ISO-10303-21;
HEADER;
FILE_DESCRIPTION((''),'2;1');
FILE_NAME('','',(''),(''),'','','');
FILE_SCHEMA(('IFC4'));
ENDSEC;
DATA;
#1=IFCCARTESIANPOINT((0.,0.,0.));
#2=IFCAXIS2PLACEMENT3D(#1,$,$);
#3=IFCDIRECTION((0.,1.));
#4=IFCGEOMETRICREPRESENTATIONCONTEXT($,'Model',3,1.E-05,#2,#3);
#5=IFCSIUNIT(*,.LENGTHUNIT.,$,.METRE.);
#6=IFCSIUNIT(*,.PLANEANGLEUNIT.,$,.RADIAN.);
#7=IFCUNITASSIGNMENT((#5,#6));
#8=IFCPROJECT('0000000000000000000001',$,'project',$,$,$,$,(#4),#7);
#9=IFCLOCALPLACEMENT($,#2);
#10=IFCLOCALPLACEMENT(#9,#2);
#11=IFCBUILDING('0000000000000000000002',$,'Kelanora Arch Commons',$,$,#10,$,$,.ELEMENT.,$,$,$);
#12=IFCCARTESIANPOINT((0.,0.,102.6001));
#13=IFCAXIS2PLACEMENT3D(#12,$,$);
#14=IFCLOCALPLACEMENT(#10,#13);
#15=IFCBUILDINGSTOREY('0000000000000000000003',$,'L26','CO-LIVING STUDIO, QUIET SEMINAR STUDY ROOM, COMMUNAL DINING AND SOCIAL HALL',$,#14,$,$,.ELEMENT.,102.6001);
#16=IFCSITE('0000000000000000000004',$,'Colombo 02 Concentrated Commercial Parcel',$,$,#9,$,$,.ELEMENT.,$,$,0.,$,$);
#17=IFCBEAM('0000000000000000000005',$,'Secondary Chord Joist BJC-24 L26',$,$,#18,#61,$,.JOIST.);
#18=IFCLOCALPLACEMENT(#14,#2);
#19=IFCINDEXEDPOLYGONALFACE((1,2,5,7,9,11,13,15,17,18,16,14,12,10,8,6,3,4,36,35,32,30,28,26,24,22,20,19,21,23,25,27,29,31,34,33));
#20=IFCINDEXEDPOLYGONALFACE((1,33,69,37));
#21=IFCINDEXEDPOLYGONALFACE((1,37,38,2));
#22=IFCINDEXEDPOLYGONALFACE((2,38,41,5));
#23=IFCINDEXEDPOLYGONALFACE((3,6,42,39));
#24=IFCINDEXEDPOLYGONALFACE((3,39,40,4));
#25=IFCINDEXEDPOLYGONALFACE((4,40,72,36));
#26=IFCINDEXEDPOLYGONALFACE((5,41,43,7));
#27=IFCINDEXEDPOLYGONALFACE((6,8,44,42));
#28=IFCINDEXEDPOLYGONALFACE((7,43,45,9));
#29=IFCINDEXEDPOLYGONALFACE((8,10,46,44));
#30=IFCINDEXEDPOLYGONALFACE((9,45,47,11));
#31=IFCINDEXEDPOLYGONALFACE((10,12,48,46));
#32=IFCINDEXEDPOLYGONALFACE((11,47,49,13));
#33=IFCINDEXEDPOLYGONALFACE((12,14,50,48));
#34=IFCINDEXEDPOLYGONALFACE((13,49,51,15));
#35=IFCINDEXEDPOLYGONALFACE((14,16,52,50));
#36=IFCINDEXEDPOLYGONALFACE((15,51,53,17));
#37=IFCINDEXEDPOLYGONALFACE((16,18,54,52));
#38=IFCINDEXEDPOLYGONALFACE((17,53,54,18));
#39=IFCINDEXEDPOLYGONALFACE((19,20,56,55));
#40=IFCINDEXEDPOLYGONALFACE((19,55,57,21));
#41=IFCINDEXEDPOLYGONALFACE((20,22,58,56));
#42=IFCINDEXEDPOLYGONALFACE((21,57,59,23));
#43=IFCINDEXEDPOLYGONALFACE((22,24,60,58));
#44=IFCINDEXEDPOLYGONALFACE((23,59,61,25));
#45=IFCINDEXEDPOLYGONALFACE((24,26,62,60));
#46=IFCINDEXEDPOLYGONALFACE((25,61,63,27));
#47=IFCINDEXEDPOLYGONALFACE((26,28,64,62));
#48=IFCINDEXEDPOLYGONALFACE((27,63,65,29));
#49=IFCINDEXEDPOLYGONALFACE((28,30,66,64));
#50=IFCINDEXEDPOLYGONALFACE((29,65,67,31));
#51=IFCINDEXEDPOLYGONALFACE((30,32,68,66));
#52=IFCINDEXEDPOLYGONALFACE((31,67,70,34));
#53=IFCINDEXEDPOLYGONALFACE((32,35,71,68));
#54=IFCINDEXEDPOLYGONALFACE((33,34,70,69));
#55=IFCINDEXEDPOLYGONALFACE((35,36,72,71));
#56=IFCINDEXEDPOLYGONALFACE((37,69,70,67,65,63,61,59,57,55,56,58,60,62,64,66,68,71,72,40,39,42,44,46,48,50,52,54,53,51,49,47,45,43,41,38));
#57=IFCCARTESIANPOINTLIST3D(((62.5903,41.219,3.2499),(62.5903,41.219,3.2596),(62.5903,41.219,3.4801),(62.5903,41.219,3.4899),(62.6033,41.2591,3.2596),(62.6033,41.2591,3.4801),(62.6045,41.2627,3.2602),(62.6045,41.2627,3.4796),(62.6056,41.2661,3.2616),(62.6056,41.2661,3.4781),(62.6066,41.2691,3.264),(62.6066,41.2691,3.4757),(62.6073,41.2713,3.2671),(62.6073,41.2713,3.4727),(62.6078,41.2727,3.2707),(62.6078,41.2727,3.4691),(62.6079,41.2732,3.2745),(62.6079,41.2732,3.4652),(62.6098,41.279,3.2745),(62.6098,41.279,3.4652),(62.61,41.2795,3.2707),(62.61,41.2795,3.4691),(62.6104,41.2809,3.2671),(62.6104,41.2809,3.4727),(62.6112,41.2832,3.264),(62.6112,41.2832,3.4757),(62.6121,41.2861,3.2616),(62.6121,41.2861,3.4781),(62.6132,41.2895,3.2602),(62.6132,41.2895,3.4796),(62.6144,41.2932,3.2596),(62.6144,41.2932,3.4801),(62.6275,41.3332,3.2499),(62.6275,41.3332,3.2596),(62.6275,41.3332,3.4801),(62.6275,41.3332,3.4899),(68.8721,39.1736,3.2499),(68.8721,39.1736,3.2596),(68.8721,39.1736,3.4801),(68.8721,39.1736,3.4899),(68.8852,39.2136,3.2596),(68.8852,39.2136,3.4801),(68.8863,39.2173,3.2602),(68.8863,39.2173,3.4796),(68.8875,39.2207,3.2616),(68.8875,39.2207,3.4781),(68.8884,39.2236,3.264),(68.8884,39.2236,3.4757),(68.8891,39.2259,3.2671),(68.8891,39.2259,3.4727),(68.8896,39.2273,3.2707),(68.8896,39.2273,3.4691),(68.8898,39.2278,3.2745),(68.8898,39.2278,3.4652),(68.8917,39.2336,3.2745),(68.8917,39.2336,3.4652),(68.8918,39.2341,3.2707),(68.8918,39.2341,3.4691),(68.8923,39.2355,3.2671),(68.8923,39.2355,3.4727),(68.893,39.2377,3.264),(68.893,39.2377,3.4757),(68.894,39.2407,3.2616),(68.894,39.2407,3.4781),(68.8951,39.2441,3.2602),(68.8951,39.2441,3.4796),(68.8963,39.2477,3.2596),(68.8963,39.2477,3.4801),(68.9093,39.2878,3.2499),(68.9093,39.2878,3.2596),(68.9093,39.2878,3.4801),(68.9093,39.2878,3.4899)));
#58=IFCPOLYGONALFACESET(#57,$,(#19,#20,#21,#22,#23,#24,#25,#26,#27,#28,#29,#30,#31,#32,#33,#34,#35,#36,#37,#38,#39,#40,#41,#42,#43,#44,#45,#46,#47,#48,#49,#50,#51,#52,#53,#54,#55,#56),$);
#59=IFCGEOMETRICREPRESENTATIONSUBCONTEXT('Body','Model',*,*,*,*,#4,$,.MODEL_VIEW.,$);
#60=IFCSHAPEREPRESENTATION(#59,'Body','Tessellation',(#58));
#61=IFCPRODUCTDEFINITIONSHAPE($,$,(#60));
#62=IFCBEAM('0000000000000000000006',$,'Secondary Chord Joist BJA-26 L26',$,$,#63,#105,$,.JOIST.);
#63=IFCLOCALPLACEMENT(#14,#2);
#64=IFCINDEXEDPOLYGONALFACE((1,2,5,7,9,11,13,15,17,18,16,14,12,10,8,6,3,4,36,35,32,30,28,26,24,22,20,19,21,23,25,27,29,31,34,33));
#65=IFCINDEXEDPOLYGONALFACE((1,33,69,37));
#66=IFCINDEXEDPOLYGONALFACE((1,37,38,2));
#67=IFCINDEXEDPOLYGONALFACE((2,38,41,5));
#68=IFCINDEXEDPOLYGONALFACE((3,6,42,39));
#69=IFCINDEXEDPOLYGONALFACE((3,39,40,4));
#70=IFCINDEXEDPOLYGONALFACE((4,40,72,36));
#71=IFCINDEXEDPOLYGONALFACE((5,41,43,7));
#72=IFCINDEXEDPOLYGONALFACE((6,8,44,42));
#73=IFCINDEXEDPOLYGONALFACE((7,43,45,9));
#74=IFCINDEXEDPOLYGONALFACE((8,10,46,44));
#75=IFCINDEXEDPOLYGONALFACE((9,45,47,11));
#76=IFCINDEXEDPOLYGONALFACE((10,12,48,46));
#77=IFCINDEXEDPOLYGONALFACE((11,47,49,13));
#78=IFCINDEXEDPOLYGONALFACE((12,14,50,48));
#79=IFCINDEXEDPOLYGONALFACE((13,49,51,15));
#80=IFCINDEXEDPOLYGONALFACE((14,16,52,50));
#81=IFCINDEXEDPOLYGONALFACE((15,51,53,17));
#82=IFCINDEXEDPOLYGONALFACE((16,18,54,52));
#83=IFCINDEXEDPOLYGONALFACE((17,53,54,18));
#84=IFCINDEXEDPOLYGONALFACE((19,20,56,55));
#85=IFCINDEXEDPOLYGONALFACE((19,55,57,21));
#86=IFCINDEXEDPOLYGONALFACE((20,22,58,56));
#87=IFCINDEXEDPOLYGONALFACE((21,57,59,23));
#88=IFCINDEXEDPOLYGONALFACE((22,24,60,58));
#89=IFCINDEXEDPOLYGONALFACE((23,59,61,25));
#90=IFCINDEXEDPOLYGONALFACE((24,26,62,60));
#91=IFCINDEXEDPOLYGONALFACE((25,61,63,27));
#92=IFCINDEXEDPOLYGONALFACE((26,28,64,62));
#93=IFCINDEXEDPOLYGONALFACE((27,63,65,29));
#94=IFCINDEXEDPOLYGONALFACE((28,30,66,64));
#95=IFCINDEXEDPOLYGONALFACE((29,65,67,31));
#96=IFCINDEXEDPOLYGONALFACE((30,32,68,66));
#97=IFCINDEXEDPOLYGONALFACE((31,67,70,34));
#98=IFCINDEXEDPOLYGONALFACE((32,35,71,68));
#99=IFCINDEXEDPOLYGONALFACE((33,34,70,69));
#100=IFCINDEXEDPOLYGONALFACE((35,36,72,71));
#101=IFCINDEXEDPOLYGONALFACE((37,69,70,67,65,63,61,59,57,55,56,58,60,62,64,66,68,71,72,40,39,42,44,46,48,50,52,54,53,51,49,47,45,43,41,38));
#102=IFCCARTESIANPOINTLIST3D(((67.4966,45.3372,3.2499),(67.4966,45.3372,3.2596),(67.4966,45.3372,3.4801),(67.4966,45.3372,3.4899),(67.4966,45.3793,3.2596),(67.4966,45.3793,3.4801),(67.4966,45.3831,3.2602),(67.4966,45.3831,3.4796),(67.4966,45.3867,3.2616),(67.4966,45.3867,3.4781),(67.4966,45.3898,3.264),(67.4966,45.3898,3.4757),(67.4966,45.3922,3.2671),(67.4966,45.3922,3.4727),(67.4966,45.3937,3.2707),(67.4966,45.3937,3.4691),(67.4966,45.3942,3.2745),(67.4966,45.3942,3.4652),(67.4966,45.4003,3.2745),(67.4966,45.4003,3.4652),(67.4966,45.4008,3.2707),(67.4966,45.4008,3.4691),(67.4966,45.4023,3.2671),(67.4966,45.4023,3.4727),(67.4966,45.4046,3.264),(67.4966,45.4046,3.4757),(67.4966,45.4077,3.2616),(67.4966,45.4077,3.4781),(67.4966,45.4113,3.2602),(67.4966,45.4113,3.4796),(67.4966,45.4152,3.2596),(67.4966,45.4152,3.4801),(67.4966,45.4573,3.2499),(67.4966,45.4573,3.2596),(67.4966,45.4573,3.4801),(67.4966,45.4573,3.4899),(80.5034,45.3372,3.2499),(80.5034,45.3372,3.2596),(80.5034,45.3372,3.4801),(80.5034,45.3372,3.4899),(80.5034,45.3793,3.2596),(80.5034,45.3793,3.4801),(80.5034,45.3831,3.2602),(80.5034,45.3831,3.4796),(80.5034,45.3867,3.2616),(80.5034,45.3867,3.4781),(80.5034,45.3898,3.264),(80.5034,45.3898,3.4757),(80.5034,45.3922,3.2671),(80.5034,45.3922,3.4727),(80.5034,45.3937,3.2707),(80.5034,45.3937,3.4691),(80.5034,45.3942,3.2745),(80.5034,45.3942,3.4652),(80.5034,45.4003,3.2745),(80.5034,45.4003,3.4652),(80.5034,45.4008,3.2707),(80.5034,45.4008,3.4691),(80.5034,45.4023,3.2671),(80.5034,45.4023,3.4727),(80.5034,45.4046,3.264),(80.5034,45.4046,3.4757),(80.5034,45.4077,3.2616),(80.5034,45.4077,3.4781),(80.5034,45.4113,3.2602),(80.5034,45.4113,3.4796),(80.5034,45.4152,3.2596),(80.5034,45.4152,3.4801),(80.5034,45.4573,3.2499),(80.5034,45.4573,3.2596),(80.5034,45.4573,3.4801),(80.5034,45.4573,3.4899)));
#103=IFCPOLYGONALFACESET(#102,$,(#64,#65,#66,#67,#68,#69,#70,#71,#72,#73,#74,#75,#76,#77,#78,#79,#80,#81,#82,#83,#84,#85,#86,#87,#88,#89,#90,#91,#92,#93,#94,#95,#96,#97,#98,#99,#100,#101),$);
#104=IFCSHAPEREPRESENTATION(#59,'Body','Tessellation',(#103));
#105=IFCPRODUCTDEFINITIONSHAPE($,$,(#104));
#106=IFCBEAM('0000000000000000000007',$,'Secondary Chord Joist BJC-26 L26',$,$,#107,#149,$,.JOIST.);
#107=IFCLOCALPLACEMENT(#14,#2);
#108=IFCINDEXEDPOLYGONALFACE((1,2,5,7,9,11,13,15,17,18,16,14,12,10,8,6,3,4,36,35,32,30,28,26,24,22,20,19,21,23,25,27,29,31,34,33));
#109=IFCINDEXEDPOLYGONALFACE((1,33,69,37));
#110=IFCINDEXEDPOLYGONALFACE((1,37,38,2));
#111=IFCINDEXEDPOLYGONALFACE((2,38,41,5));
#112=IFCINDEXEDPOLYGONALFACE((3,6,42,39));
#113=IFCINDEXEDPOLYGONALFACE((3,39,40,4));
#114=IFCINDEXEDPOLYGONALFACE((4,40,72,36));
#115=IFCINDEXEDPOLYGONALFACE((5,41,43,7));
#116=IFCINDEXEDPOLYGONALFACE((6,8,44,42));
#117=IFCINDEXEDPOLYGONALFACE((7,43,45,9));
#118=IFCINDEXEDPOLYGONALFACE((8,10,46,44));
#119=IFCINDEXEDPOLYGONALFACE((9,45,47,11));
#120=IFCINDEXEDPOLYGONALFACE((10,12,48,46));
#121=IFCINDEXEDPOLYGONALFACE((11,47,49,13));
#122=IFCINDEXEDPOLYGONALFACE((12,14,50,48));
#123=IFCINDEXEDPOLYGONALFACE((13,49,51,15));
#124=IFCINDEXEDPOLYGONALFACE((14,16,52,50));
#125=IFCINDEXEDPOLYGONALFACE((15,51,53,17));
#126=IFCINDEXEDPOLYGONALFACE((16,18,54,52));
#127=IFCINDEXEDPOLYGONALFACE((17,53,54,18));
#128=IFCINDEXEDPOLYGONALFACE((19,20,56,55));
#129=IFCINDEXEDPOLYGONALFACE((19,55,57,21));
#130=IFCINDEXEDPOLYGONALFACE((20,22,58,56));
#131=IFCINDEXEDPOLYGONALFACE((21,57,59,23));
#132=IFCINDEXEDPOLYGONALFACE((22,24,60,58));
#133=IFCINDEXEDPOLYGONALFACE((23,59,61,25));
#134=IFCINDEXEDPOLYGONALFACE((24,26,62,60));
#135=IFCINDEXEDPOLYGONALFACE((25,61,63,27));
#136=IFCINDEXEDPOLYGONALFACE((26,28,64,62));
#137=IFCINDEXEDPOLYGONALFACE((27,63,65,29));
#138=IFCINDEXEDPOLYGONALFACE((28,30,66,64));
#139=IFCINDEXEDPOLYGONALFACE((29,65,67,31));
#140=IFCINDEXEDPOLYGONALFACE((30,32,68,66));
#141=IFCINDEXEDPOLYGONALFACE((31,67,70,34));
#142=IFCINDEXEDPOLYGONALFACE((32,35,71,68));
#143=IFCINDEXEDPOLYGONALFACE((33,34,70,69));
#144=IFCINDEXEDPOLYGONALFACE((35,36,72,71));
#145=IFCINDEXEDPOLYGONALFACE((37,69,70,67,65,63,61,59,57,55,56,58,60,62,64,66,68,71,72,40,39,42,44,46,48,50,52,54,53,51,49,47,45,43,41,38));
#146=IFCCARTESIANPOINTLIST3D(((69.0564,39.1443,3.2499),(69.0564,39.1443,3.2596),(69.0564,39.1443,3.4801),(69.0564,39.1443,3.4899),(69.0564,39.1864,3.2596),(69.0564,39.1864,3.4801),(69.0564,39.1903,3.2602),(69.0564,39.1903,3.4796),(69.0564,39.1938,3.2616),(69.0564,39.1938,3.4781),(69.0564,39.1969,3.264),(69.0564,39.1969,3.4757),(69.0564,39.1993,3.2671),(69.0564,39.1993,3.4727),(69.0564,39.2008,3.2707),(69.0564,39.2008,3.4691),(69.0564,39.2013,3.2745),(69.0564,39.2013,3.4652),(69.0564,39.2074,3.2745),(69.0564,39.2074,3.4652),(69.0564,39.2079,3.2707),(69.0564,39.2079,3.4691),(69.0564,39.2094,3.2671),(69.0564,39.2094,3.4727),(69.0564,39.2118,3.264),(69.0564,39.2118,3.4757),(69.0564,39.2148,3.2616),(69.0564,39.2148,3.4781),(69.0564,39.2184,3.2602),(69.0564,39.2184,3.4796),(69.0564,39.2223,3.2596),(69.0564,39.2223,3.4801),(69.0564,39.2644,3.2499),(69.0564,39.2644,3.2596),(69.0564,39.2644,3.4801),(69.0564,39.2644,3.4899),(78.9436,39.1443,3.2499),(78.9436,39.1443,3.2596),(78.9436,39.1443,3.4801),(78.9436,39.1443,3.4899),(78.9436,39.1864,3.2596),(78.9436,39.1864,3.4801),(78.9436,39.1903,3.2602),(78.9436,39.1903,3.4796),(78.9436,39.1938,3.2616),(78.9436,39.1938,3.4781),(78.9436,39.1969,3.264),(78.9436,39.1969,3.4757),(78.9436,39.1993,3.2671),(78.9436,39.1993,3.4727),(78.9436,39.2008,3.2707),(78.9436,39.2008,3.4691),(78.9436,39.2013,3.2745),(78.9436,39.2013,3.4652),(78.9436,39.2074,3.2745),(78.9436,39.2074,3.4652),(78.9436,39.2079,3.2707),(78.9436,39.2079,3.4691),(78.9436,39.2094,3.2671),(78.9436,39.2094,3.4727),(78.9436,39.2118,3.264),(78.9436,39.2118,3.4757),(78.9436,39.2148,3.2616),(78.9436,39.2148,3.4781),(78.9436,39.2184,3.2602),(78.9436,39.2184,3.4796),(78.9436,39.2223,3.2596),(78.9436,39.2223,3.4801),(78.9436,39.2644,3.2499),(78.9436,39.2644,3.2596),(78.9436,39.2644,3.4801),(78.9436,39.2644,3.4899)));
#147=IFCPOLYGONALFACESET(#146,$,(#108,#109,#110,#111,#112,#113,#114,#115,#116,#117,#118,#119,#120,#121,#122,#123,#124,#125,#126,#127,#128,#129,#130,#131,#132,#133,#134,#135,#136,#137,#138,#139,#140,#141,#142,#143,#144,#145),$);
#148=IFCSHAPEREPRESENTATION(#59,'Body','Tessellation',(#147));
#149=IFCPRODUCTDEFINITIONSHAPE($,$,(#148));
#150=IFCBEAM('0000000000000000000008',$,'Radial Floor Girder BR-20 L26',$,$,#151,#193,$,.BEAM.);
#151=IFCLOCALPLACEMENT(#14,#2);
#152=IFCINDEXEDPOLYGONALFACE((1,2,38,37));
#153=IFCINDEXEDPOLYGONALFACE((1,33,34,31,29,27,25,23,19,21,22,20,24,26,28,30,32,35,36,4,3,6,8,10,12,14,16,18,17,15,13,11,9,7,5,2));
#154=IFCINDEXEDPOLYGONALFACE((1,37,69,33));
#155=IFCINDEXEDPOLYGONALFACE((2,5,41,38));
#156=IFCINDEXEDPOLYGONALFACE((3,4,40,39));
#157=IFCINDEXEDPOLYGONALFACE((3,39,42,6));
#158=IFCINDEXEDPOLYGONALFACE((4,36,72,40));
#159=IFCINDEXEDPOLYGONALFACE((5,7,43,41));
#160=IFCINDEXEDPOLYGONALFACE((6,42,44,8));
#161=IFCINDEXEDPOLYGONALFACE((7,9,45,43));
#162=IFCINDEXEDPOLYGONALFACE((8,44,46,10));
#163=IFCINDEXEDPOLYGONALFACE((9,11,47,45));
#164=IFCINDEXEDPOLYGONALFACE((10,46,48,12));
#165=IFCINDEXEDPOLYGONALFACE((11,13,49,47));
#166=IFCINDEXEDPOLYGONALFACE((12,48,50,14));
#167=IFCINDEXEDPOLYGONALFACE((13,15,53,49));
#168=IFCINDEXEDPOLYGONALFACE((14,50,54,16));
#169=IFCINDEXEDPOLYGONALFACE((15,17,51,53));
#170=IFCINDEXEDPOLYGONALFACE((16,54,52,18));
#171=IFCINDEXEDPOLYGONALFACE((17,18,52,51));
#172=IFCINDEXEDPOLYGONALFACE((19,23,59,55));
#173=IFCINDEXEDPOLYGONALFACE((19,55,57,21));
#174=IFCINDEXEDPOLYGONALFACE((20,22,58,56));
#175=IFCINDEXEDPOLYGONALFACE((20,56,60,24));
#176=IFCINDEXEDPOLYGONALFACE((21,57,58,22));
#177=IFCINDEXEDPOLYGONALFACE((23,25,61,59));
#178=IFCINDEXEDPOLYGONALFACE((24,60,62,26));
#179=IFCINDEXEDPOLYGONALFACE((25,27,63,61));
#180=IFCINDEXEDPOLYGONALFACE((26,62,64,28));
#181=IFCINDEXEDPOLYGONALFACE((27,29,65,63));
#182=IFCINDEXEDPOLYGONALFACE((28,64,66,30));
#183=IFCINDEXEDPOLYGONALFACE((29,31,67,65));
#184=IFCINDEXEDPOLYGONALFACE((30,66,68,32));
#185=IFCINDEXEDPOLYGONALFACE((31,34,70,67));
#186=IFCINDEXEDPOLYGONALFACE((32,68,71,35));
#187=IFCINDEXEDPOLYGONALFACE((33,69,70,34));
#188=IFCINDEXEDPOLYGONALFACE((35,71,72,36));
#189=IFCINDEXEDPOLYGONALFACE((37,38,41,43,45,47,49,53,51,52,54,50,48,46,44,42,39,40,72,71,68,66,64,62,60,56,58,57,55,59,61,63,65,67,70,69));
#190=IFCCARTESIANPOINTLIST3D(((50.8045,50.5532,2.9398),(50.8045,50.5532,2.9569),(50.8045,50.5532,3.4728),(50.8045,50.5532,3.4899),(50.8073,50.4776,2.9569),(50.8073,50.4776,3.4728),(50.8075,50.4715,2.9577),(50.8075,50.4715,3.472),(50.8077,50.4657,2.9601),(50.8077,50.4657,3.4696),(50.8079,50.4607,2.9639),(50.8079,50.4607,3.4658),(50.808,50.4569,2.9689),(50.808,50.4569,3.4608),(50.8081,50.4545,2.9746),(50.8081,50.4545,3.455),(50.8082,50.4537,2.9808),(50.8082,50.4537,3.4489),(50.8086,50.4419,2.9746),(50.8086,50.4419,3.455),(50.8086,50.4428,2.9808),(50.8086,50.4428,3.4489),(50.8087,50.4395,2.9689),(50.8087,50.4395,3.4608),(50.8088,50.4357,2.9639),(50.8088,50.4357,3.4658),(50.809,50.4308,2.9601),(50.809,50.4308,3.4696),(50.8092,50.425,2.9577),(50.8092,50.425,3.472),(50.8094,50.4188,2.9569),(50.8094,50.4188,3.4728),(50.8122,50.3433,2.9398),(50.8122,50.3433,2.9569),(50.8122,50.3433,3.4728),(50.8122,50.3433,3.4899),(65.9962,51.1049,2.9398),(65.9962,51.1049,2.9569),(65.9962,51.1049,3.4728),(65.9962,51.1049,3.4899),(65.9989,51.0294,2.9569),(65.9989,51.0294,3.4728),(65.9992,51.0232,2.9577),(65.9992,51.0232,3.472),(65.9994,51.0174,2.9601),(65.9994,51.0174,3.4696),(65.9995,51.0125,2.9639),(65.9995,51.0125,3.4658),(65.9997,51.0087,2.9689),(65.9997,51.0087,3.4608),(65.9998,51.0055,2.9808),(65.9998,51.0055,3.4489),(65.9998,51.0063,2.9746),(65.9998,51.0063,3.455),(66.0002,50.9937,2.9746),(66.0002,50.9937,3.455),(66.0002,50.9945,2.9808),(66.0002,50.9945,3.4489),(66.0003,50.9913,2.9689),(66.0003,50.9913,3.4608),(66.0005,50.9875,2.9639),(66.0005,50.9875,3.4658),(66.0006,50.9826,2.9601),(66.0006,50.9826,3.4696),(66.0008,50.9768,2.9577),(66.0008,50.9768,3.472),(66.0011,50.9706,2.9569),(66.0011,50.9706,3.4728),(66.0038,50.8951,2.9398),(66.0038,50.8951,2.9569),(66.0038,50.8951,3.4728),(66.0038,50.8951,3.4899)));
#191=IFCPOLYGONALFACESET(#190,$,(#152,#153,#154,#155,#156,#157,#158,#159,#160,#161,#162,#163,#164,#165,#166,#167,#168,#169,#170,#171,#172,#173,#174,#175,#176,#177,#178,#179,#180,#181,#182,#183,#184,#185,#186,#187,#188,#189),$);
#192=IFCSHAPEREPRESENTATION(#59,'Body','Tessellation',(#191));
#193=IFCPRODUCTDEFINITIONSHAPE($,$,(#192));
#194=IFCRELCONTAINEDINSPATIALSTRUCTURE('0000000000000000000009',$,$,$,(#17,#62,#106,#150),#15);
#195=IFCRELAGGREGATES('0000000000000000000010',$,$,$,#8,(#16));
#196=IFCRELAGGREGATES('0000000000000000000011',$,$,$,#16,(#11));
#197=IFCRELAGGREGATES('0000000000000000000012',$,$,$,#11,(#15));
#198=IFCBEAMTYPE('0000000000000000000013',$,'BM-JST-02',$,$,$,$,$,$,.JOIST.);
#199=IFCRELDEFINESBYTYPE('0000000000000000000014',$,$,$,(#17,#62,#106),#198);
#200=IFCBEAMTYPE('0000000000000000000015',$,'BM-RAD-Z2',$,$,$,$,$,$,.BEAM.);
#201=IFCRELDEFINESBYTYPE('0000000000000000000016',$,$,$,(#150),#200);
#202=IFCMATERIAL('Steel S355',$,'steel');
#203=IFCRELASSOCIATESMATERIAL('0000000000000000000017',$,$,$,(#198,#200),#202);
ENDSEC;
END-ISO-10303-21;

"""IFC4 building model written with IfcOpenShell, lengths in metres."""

from ifc_helpers import new_model, si_unit, direction, frame, origin, origin_2d, place, context, subcontext, project, spatial, i_section, extrude, material, material_profile, profile_set, type_object, element, save


model = new_model("IFC4")

# Units and contexts
model_context = context("Model", 3, precision=1e-05, world=origin(), true_north=direction((0.0, 1.0)))
body_context = subcontext(model_context, "Body", "Model", "MODEL_VIEW")
ifc_project = project(units=[si_unit("LENGTHUNIT", "METRE"), si_unit("PLANEANGLEUNIT", "RADIAN")], contexts=[model_context])

# Site, building, storey
site_placement = place(None, origin())
site = spatial("IfcSite", under=ifc_project, at=site_placement, Name="Colombo 02 Concentrated Commercial Parcel", CompositionType="ELEMENT", RefElevation=0.0)
building_placement = place(site_placement, origin())
building = spatial("IfcBuilding", under=site, at=building_placement, Name="Kelanora Arch Commons", CompositionType="ELEMENT")
storey_placement = place(building_placement, frame((0.0, 0.0, 102.6001)))
storey = spatial("IfcBuildingStorey", under=building, at=storey_placement, Name="L26", Description="CO-LIVING STUDIO, QUIET SEMINAR STUDY ROOM, COMMUNAL DINING AND SOCIAL HALL", CompositionType="ELEMENT", Elevation=102.6001)

# Beams
ifc_material_1 = material(Name="Steel S355", Category="steel")
ifc_material_profile_1 = material_profile(ifc_material_1, i_section(OverallWidth=0.1201, OverallDepth=0.24, WebThickness=0.0061, FlangeThickness=0.0098, FilletRadius=0.0149, at=origin_2d()), Name="IPE240")
ifc_profile_set_1 = profile_set([ifc_material_profile_1], Name="Steel S355")
beam_type_1 = type_object("IfcBeamType", Name="BM-JST-02", PredefinedType="JOIST", material=ifc_profile_set_1)
beam_1_placement = place(storey_placement, frame((62.6089, 41.2761, 3.3699), z_axis=(0.950863, -0.309612, 0.0), x_axis=(0.309612, 0.950863, 0.0)))
element("IfcBeam", 1, at=beam_1_placement, inside=storey, type_object=beam_type_1, Name="Secondary Chord Joist BJC-24 L26", PredefinedType="JOIST", context=body_context, shape_type="SweptSolid", body=[
    extrude(i_section(OverallWidth=0.1201, OverallDepth=0.24, WebThickness=0.0061, FlangeThickness=0.0098, FilletRadius=0.0149, at=origin_2d()), origin(), (0.0, 0.0, 1.0), 6.6064),
])
beam_2_placement = place(storey_placement, frame((67.4966, 45.3972, 3.3699), z_axis=(1.0, 0.0, 0.0), x_axis=(0.0, 1.0, 0.0)))
element("IfcBeam", 2, at=beam_2_placement, inside=storey, type_object=beam_type_1, Name="Secondary Chord Joist BJA-26 L26", PredefinedType="JOIST", context=body_context, shape_type="SweptSolid", body=[
    extrude(i_section(OverallWidth=0.1201, OverallDepth=0.24, WebThickness=0.0061, FlangeThickness=0.0098, FilletRadius=0.0149, at=origin_2d()), origin(), (0.0, 0.0, 1.0), 13.0068),
])
beam_3_placement = place(storey_placement, frame((69.0564, 39.2043, 3.3699), z_axis=(1.0, 0.0, 0.0), x_axis=(0.0, 1.0, 0.0)))
element("IfcBeam", 3, at=beam_3_placement, inside=storey, type_object=beam_type_1, Name="Secondary Chord Joist BJC-26 L26", PredefinedType="JOIST", context=body_context, shape_type="SweptSolid", body=[
    extrude(i_section(OverallWidth=0.1201, OverallDepth=0.24, WebThickness=0.0061, FlangeThickness=0.0098, FilletRadius=0.0149, at=origin_2d()), origin(), (0.0, 0.0, 1.0), 9.8872),
])
ifc_material_profile_2 = material_profile(ifc_material_1, i_section(OverallWidth=0.21, OverallDepth=0.55, WebThickness=0.011, FlangeThickness=0.0171, FilletRadius=0.0239, at=origin_2d()), Name="IPE550")
ifc_profile_set_2 = profile_set([ifc_material_profile_2], Name="Steel S355")
beam_type_2 = type_object("IfcBeamType", Name="BM-RAD-Z2", PredefinedType="BEAM", material=ifc_profile_set_2)
beam_4_placement = place(storey_placement, frame((66.0, 51.0, 3.2148), z_axis=(-0.999341, -0.036296, 0.0), x_axis=(0.036296, -0.999341, 0.0)))
element("IfcBeam", 4, at=beam_4_placement, inside=storey, type_object=beam_type_2, Name="Radial Floor Girder BR-20 L26", PredefinedType="BEAM", context=body_context, shape_type="SweptSolid", body=[
    extrude(i_section(OverallWidth=0.21, OverallDepth=0.55, WebThickness=0.011, FlangeThickness=0.0171, FilletRadius=0.0239, at=origin_2d()), origin(), (0.0, 0.0, 1.0), 15.2017),
])

save(model, "model.ifc")
